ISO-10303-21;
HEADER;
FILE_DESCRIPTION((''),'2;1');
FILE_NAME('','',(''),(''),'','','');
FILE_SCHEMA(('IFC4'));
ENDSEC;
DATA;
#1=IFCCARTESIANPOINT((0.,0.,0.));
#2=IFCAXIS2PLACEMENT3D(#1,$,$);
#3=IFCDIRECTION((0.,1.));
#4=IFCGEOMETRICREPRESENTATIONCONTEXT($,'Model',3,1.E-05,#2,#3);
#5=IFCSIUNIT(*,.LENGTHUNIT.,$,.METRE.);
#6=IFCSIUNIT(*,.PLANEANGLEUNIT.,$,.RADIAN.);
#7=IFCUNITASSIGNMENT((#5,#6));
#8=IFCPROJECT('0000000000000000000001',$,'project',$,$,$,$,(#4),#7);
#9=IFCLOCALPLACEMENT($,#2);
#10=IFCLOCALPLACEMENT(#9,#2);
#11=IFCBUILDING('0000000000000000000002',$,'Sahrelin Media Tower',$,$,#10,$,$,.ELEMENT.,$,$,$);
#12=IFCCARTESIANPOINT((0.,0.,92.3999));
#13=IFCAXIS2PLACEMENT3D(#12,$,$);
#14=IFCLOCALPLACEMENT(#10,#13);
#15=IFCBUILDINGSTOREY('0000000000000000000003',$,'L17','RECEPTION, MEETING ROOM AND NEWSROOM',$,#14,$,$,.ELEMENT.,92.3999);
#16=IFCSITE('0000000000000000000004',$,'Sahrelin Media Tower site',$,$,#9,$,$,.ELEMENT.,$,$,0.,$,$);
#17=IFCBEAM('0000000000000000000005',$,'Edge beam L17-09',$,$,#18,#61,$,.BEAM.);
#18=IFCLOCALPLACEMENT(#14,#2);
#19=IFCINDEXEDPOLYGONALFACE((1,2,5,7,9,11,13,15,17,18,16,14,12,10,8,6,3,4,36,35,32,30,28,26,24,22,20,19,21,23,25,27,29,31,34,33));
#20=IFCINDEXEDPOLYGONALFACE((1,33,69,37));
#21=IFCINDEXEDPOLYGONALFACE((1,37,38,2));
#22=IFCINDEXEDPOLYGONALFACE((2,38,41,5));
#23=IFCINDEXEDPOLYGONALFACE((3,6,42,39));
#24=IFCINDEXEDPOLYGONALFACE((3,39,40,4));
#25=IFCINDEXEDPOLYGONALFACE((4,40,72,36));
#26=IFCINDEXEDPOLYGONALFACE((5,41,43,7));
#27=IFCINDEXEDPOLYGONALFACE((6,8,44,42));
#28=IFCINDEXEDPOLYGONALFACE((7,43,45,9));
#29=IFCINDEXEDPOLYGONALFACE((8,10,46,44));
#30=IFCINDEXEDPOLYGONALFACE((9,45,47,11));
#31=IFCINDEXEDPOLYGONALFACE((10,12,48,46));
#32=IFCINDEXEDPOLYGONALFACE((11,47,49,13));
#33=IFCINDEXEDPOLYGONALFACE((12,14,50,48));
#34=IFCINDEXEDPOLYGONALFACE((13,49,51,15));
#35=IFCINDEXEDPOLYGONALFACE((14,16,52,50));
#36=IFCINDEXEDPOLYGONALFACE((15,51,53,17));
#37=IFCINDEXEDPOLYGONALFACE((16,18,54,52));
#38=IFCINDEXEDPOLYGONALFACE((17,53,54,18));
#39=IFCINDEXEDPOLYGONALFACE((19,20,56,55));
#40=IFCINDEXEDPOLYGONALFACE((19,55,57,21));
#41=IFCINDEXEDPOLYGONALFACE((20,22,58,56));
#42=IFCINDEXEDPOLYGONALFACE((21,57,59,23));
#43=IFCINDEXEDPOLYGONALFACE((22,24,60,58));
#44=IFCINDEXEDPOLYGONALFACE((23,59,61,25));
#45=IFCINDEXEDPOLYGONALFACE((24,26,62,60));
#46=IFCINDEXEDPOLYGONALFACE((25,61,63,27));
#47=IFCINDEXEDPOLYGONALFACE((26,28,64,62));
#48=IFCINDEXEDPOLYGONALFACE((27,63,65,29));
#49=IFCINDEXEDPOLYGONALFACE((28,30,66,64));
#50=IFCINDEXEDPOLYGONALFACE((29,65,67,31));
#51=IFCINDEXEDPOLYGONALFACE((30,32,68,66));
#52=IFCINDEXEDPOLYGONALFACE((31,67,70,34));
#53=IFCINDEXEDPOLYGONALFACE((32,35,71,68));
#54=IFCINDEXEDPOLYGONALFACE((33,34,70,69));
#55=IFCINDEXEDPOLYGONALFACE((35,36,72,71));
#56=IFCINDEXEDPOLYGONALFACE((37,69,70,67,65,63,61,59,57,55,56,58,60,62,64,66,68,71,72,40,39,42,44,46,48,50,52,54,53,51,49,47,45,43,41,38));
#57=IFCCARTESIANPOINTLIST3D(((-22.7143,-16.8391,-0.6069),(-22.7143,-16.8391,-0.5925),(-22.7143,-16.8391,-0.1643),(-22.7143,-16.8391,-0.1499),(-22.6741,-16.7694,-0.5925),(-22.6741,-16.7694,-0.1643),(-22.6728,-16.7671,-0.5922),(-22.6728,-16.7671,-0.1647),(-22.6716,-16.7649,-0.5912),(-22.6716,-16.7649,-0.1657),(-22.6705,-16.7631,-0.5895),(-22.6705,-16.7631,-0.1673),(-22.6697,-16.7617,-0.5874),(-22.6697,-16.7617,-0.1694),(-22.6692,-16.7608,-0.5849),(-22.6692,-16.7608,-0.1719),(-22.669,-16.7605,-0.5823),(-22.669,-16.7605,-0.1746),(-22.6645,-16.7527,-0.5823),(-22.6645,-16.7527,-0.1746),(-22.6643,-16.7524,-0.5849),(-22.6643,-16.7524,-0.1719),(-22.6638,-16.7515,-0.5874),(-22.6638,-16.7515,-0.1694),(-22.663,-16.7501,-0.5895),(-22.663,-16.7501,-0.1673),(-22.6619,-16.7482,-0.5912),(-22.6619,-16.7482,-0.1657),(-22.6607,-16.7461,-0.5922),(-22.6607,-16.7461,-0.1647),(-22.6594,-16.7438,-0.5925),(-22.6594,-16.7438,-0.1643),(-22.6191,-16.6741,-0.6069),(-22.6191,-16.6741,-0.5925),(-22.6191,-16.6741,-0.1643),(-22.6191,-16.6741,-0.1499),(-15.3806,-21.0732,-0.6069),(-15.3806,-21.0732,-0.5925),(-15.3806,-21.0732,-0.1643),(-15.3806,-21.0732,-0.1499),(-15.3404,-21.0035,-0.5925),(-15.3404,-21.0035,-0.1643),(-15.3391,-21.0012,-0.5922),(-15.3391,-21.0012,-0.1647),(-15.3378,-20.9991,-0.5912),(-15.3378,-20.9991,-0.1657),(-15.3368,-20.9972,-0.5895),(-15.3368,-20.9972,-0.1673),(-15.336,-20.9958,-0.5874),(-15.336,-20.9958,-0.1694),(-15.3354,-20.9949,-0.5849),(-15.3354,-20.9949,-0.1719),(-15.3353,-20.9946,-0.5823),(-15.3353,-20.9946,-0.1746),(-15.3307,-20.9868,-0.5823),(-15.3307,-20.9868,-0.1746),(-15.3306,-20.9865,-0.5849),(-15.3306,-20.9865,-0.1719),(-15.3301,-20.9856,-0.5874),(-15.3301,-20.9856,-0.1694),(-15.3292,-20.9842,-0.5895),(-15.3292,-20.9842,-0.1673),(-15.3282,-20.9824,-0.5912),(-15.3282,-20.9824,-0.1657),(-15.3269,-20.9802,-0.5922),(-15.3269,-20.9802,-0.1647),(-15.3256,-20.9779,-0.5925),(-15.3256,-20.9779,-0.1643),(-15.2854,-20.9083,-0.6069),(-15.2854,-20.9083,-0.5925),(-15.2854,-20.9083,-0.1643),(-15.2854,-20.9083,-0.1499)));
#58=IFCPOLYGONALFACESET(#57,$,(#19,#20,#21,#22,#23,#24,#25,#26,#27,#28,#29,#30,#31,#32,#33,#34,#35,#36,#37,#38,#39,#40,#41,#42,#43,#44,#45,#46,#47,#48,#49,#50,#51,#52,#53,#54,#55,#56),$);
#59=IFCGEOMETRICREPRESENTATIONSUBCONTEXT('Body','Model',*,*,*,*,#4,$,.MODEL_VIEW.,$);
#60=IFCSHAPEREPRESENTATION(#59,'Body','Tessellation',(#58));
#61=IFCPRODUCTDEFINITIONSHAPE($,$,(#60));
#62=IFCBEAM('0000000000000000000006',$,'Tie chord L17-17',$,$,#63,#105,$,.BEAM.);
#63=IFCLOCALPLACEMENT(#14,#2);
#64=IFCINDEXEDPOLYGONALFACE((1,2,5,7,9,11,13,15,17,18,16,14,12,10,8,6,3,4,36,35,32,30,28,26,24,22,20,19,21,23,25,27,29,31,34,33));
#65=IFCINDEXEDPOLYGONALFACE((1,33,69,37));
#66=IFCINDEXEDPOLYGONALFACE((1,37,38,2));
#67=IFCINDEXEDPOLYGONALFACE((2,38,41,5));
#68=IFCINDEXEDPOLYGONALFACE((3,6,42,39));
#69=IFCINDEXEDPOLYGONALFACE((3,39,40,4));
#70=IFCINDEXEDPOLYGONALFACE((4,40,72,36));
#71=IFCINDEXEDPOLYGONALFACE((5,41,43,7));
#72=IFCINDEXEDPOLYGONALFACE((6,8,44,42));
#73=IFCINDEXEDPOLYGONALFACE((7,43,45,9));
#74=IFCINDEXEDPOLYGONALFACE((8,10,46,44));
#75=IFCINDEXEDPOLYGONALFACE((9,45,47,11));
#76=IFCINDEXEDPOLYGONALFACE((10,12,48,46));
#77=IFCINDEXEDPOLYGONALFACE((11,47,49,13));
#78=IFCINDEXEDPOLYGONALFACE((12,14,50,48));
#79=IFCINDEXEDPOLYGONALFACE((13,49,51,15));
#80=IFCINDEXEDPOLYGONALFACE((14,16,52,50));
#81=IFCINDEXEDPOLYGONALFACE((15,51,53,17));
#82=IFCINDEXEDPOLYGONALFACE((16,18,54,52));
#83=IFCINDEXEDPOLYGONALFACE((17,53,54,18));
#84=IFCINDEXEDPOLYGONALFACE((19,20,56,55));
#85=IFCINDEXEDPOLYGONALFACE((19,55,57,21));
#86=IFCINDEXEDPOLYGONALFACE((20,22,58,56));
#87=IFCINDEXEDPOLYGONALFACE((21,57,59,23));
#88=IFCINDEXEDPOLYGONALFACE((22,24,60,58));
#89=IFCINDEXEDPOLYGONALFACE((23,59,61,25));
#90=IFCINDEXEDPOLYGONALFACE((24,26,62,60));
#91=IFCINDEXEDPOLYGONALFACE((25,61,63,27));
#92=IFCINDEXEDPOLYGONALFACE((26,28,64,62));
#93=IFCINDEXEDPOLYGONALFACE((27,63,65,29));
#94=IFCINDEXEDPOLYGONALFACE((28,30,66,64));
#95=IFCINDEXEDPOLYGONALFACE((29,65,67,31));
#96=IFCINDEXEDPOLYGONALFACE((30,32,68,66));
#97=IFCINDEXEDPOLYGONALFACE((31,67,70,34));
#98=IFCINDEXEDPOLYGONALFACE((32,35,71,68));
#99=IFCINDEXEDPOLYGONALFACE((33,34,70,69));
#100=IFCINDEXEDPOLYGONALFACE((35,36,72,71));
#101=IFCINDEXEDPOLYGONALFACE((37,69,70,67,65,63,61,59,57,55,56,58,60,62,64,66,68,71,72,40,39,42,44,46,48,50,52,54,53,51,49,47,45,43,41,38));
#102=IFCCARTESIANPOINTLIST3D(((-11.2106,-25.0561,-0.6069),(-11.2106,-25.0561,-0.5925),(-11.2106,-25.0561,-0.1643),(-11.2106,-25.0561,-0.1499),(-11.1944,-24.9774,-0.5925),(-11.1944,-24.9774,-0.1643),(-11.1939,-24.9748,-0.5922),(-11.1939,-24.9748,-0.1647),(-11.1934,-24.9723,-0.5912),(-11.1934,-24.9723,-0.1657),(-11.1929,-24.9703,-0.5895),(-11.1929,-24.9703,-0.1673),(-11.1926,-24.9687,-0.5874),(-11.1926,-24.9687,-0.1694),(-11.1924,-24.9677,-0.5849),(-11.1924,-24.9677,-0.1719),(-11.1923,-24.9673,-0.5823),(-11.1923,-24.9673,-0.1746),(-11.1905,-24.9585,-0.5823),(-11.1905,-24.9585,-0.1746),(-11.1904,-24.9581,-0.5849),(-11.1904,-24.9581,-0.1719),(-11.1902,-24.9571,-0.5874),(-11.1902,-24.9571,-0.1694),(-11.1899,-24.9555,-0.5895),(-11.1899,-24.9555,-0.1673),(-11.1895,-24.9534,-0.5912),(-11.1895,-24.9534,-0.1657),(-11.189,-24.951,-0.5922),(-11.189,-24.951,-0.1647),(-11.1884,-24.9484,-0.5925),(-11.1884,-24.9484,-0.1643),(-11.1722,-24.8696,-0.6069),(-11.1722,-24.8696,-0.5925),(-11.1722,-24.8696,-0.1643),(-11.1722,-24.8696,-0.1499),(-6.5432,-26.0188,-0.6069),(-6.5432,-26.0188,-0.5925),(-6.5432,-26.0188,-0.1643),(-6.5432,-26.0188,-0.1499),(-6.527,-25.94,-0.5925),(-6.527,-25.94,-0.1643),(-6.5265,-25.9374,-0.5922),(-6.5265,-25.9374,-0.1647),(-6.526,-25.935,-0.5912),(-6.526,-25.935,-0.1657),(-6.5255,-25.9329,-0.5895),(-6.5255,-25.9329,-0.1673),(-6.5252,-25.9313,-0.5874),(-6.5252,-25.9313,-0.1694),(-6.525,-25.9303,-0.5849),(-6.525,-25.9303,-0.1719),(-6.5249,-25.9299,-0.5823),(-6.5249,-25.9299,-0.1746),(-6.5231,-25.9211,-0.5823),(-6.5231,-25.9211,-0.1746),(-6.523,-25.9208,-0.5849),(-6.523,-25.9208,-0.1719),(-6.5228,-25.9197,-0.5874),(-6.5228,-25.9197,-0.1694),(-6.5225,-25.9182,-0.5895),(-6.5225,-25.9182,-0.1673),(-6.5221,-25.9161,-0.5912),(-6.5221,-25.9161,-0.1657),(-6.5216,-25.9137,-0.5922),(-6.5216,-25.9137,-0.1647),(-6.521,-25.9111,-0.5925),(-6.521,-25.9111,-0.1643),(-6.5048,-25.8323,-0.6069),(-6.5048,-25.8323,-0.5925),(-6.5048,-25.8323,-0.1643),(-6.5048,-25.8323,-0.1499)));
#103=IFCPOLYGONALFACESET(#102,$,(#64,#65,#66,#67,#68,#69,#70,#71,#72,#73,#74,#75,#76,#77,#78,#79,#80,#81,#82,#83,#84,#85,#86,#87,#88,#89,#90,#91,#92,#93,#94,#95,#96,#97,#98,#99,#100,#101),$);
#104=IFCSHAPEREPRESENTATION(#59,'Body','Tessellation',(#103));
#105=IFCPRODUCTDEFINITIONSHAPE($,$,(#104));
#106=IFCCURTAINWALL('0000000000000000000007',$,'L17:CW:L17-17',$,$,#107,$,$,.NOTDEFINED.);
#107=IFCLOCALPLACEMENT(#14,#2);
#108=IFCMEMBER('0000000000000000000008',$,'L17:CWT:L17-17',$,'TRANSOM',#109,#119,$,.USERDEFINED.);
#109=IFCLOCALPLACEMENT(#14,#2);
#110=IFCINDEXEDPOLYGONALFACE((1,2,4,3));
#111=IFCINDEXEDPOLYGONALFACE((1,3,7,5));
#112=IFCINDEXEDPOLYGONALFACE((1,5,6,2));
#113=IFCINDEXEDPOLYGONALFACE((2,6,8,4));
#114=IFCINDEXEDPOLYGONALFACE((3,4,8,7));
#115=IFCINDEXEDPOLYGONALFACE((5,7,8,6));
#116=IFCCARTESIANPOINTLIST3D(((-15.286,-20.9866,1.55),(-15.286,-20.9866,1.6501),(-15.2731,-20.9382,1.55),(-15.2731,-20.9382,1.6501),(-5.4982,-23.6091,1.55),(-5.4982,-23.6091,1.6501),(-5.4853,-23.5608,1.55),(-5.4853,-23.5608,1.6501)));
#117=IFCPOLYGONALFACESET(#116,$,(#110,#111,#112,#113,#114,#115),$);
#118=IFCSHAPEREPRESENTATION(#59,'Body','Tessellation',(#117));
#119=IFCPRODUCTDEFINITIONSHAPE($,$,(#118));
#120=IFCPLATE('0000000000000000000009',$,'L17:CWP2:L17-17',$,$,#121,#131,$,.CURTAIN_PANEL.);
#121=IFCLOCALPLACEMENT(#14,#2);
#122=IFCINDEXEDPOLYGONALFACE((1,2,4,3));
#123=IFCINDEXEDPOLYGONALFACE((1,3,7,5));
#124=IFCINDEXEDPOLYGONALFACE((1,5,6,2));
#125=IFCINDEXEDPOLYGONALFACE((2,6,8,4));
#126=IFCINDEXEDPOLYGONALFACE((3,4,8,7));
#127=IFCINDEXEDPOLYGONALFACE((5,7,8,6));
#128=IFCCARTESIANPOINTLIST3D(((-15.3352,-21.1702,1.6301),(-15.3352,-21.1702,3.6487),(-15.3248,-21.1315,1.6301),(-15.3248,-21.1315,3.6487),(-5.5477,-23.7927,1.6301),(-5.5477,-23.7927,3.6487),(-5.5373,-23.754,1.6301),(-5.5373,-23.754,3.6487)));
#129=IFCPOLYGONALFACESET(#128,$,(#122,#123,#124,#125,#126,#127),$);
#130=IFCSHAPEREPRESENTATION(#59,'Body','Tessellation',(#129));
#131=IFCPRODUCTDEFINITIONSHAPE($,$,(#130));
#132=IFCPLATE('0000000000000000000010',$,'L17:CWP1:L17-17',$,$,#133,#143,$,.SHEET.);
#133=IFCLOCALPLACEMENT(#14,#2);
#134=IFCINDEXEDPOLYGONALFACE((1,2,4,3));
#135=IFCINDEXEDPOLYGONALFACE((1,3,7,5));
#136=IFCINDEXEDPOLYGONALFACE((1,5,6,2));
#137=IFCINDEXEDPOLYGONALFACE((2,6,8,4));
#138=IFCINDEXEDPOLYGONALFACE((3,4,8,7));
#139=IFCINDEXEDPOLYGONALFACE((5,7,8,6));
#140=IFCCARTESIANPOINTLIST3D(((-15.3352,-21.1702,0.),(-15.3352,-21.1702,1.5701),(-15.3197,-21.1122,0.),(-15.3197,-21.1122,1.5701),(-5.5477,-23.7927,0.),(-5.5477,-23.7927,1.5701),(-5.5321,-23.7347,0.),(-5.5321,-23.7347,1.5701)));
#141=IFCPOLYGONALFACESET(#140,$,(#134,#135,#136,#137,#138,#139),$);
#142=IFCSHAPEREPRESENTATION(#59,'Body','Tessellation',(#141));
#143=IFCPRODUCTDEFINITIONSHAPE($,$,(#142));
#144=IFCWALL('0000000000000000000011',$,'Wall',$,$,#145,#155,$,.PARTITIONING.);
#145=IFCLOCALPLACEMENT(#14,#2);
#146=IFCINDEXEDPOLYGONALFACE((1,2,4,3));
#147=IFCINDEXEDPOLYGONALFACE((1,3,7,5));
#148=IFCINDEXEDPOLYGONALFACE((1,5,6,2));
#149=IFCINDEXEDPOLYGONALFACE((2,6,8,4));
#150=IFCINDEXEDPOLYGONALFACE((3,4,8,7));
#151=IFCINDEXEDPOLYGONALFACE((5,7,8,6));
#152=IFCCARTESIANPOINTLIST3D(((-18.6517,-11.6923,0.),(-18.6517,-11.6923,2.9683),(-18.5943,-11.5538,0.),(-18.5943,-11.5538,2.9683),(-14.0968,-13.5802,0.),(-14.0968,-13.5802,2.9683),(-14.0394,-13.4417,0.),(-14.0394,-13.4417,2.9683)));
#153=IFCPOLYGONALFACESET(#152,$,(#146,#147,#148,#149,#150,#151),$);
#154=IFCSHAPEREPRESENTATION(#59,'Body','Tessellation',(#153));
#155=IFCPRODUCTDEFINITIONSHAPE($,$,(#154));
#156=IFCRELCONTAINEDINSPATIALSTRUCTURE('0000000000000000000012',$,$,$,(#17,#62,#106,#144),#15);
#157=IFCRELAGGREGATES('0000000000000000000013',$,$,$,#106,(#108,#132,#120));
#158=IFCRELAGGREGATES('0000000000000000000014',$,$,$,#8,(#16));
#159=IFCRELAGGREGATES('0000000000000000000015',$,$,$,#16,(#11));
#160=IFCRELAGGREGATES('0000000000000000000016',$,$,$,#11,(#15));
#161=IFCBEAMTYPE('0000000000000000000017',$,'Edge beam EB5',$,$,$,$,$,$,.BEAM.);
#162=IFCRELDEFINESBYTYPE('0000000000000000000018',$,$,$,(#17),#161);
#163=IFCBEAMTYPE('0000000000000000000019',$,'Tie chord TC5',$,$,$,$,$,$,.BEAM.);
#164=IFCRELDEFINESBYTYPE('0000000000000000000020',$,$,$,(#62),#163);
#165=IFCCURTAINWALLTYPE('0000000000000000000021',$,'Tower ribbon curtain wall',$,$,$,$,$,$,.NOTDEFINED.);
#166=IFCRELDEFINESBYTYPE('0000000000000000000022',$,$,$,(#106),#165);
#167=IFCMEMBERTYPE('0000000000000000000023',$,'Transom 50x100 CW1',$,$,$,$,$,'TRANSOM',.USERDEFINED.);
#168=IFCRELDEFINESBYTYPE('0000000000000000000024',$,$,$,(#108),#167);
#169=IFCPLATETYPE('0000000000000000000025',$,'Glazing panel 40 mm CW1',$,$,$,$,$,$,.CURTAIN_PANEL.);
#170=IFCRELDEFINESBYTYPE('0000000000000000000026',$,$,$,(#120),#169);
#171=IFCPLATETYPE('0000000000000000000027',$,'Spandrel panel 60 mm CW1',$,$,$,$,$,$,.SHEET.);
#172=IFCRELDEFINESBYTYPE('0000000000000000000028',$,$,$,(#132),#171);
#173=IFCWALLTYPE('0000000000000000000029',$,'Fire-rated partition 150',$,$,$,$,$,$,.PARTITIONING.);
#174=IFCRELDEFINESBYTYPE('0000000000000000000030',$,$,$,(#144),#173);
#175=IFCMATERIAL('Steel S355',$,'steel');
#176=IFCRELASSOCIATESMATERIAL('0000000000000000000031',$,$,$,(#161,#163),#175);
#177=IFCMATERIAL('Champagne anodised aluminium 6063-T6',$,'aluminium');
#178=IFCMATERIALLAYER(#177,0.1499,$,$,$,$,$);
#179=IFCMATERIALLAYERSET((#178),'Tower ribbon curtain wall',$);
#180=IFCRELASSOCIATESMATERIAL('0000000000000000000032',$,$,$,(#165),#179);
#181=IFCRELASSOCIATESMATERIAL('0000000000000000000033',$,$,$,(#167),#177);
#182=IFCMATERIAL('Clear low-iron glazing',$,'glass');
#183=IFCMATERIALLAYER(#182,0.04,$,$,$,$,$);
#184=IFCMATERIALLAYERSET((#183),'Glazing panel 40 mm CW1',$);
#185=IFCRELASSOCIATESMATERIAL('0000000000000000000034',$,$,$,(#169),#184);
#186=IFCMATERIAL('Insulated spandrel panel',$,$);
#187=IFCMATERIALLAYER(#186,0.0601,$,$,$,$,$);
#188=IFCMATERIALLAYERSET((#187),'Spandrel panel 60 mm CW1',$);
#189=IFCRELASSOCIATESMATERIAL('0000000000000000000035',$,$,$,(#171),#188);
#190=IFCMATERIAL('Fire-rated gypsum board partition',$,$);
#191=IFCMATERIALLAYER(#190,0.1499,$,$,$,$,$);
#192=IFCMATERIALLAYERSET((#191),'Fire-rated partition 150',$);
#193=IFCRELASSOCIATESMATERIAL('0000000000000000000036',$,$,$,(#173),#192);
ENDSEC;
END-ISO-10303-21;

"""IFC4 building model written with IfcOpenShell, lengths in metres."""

from ifc_helpers import new_model, si_unit, direction, frame, frame_2d, origin, origin_2d, place, context, subcontext, project, spatial, polyline, rectangle, i_section, outline, extrude, material, layer, layer_set, material_profile, profile_set, type_object, element, aggregate, save


model = new_model("IFC4")

# Units and contexts
model_context = context("Model", 3, precision=1e-05, world=origin(), true_north=direction((0.0, 1.0)))
body_context = subcontext(model_context, "Body", "Model", "MODEL_VIEW")
ifc_project = project(units=[si_unit("LENGTHUNIT", "METRE"), si_unit("PLANEANGLEUNIT", "RADIAN")], contexts=[model_context])

# Site, building, storey
site_placement = place(None, origin())
site = spatial("IfcSite", under=ifc_project, at=site_placement, Name="Sahrelin Media Tower site", CompositionType="ELEMENT", RefElevation=0.0)
building_placement = place(site_placement, origin())
building = spatial("IfcBuilding", under=site, at=building_placement, Name="Sahrelin Media Tower", CompositionType="ELEMENT")
storey_placement = place(building_placement, frame((0.0, 0.0, 92.3999)))
storey = spatial("IfcBuildingStorey", under=building, at=storey_placement, Name="L17", Description="RECEPTION, MEETING ROOM AND NEWSROOM", CompositionType="ELEMENT", Elevation=92.3999)

# Beams
ifc_material_1 = material(Name="Steel S355", Category="steel")
ifc_material_profile_1 = material_profile(ifc_material_1, i_section(OverallWidth=0.1904, OverallDepth=0.457, WebThickness=0.009, FlangeThickness=0.0144, FilletRadius=0.0103, at=origin_2d()), Name="UB 457x191x74")
ifc_profile_set_1 = profile_set([ifc_material_profile_1], Name="Steel S355")
beam_type_1 = type_object("IfcBeamType", Name="Edge beam EB5", PredefinedType="BEAM", material=ifc_profile_set_1)
beam_1_placement = place(storey_placement, frame((-15.333, -20.9907, -0.3784), z_axis=(-0.866026, 0.499999, 0.0), x_axis=(-0.499999, -0.866026, 0.0)))
element("IfcBeam", 1, at=beam_1_placement, inside=storey, type_object=beam_type_1, Name="Edge beam L17-09", PredefinedType="BEAM", context=body_context, shape_type="SweptSolid", body=[
    extrude(i_section(OverallWidth=0.1904, OverallDepth=0.457, WebThickness=0.009, FlangeThickness=0.0144, FilletRadius=0.0103, at=origin_2d()), origin(), (0.0, 0.0, 1.0), 8.4683),
])
ifc_material_profile_2 = material_profile(ifc_material_1, i_section(OverallWidth=0.1904, OverallDepth=0.457, WebThickness=0.009, FlangeThickness=0.0144, FilletRadius=0.0103, at=origin_2d()), Name="UB 457x191x74")
ifc_profile_set_2 = profile_set([ifc_material_profile_2], Name="Steel S355")
beam_type_2 = type_object("IfcBeamType", Name="Tie chord TC5", PredefinedType="BEAM", material=ifc_profile_set_2)
beam_2_placement = place(storey_placement, frame((-11.1914, -24.9629, -0.3784), z_axis=(0.979387, -0.201994, 0.0), x_axis=(0.201994, 0.979387, 0.0)))
element("IfcBeam", 2, at=beam_2_placement, inside=storey, type_object=beam_type_2, Name="Tie chord L17-17", PredefinedType="BEAM", context=body_context, shape_type="SweptSolid", body=[
    extrude(i_section(OverallWidth=0.1904, OverallDepth=0.457, WebThickness=0.009, FlangeThickness=0.0144, FilletRadius=0.0103, at=origin_2d()), origin(), (0.0, 0.0, 1.0), 4.7656),
])

# Curtain wall, member, plates
ifc_material_2 = material(Name="Champagne anodised aluminium 6063-T6", Category="aluminium")
ifc_layer_1 = layer(ifc_material_2, 0.1499)
ifc_layer_set_1 = layer_set([ifc_layer_1], Name="Tower ribbon curtain wall")
curtain_wall_type = type_object("IfcCurtainWallType", Name="Tower ribbon curtain wall", PredefinedType="NOTDEFINED", material=ifc_layer_set_1)
curtain_wall_placement = place(storey_placement, frame((-10.4363, -22.4619, 0.0), z_axis=(0.0, 0.0, 1.0), x_axis=(1.0, 0.0, 0.0)))
curtain_wall = element("IfcCurtainWall", 3, at=curtain_wall_placement, inside=storey, type_object=curtain_wall_type, Name="L17:CW:L17-17", PredefinedType="NOTDEFINED")
ifc_material_profile_3 = material_profile(ifc_material_2, rectangle(XDim=0.05, YDim=0.1001, at=origin_2d()), Name="Transom 50x100")
ifc_profile_set_3 = profile_set([ifc_material_profile_3], Name="Champagne anodised aluminium 6063-T6")
member_type = type_object("IfcMemberType", Name="Transom 50x100 CW1", ElementType="TRANSOM", PredefinedType="USERDEFINED", material=ifc_profile_set_3)
member_placement = place(storey_placement, frame((-15.2795, -20.9624, 1.6001), z_axis=(0.965928, -0.258811, 0.0), x_axis=(0.258811, 0.965928, 0.0)))
member = element("IfcMember", 4, at=member_placement, type_object=member_type, Name="L17:CWT:L17-17", ObjectType="TRANSOM", PredefinedType="USERDEFINED", context=body_context, shape_type="SweptSolid", body=[
    extrude(rectangle(XDim=0.05, YDim=0.1001, at=origin_2d()), origin(), (0.0, 0.0, 1.0), 10.1331),
])
ifc_material_3 = material(Name="Clear low-iron glazing", Category="glass")
ifc_layer_2 = layer(ifc_material_3, 0.04)
ifc_layer_set_2 = layer_set([ifc_layer_2], Name="Glazing panel 40 mm CW1")
plate_type_1 = type_object("IfcPlateType", Name="Glazing panel 40 mm CW1", PredefinedType="CURTAIN_PANEL", material=ifc_layer_set_2)
plate_1_placement = place(storey_placement, frame((-15.3352, -21.1702, 1.6301), z_axis=(-0.258817, -0.965926, 0.0), x_axis=(0.965926, -0.258817, 0.0)))
plate_1 = element("IfcPlate", 5, at=plate_1_placement, type_object=plate_type_1, Name="L17:CWP2:L17-17", PredefinedType="CURTAIN_PANEL", context=body_context, shape_type="SweptSolid", body=[
    extrude(outline(polyline([(0.0, 0.0), (10.1328, 0.0), (10.1328, 2.0186), (0.0, 2.0186), (0.0, 0.0)])), origin(), (0.0, 0.0, -1.0), 0.04),
])
ifc_material_4 = material(Name="Insulated spandrel panel")
ifc_layer_3 = layer(ifc_material_4, 0.0601)
ifc_layer_set_3 = layer_set([ifc_layer_3], Name="Spandrel panel 60 mm CW1")
plate_type_2 = type_object("IfcPlateType", Name="Spandrel panel 60 mm CW1", PredefinedType="SHEET", material=ifc_layer_set_3)
plate_2_placement = place(storey_placement, frame((-15.3352, -21.1702, 0.0), z_axis=(-0.258817, -0.965926, 0.0), x_axis=(0.965926, -0.258817, 0.0)))
plate_2 = element("IfcPlate", 6, at=plate_2_placement, type_object=plate_type_2, Name="L17:CWP1:L17-17", PredefinedType="SHEET", context=body_context, shape_type="SweptSolid", body=[
    extrude(outline(polyline([(0.0, 0.0), (10.1328, 0.0), (10.1328, 1.5701), (0.0, 1.5701), (0.0, 0.0)])), origin(), (0.0, 0.0, -1.0), 0.0601),
])
aggregate(curtain_wall, [member, plate_2, plate_1])

# Wall
ifc_material_5 = material(Name="Fire-rated gypsum board partition")
ifc_layer_4 = layer(ifc_material_5, 0.1499)
ifc_layer_set_4 = layer_set([ifc_layer_4], Name="Fire-rated partition 150")
wall_type_1 = type_object("IfcWallType", Name="Fire-rated partition 150", PredefinedType="PARTITIONING", material=ifc_layer_set_4)
wall_1_placement = place(storey_placement, frame((-18.623, -11.623, 0.0), z_axis=(0.0, 0.0, 1.0), x_axis=(0.923792, -0.382895, 0.0)))
element("IfcWall", 7, at=wall_1_placement, inside=storey, type_object=wall_type_1, Name="Wall", PredefinedType="PARTITIONING", context=body_context, shape_type="SweptSolid", body=[
    extrude(rectangle(XDim=4.9307, YDim=0.1499, at=frame_2d((2.4653, 0.0))), origin(), (0.0, 0.0, 1.0), 2.9683),
])

save(model, "model.ifc")
